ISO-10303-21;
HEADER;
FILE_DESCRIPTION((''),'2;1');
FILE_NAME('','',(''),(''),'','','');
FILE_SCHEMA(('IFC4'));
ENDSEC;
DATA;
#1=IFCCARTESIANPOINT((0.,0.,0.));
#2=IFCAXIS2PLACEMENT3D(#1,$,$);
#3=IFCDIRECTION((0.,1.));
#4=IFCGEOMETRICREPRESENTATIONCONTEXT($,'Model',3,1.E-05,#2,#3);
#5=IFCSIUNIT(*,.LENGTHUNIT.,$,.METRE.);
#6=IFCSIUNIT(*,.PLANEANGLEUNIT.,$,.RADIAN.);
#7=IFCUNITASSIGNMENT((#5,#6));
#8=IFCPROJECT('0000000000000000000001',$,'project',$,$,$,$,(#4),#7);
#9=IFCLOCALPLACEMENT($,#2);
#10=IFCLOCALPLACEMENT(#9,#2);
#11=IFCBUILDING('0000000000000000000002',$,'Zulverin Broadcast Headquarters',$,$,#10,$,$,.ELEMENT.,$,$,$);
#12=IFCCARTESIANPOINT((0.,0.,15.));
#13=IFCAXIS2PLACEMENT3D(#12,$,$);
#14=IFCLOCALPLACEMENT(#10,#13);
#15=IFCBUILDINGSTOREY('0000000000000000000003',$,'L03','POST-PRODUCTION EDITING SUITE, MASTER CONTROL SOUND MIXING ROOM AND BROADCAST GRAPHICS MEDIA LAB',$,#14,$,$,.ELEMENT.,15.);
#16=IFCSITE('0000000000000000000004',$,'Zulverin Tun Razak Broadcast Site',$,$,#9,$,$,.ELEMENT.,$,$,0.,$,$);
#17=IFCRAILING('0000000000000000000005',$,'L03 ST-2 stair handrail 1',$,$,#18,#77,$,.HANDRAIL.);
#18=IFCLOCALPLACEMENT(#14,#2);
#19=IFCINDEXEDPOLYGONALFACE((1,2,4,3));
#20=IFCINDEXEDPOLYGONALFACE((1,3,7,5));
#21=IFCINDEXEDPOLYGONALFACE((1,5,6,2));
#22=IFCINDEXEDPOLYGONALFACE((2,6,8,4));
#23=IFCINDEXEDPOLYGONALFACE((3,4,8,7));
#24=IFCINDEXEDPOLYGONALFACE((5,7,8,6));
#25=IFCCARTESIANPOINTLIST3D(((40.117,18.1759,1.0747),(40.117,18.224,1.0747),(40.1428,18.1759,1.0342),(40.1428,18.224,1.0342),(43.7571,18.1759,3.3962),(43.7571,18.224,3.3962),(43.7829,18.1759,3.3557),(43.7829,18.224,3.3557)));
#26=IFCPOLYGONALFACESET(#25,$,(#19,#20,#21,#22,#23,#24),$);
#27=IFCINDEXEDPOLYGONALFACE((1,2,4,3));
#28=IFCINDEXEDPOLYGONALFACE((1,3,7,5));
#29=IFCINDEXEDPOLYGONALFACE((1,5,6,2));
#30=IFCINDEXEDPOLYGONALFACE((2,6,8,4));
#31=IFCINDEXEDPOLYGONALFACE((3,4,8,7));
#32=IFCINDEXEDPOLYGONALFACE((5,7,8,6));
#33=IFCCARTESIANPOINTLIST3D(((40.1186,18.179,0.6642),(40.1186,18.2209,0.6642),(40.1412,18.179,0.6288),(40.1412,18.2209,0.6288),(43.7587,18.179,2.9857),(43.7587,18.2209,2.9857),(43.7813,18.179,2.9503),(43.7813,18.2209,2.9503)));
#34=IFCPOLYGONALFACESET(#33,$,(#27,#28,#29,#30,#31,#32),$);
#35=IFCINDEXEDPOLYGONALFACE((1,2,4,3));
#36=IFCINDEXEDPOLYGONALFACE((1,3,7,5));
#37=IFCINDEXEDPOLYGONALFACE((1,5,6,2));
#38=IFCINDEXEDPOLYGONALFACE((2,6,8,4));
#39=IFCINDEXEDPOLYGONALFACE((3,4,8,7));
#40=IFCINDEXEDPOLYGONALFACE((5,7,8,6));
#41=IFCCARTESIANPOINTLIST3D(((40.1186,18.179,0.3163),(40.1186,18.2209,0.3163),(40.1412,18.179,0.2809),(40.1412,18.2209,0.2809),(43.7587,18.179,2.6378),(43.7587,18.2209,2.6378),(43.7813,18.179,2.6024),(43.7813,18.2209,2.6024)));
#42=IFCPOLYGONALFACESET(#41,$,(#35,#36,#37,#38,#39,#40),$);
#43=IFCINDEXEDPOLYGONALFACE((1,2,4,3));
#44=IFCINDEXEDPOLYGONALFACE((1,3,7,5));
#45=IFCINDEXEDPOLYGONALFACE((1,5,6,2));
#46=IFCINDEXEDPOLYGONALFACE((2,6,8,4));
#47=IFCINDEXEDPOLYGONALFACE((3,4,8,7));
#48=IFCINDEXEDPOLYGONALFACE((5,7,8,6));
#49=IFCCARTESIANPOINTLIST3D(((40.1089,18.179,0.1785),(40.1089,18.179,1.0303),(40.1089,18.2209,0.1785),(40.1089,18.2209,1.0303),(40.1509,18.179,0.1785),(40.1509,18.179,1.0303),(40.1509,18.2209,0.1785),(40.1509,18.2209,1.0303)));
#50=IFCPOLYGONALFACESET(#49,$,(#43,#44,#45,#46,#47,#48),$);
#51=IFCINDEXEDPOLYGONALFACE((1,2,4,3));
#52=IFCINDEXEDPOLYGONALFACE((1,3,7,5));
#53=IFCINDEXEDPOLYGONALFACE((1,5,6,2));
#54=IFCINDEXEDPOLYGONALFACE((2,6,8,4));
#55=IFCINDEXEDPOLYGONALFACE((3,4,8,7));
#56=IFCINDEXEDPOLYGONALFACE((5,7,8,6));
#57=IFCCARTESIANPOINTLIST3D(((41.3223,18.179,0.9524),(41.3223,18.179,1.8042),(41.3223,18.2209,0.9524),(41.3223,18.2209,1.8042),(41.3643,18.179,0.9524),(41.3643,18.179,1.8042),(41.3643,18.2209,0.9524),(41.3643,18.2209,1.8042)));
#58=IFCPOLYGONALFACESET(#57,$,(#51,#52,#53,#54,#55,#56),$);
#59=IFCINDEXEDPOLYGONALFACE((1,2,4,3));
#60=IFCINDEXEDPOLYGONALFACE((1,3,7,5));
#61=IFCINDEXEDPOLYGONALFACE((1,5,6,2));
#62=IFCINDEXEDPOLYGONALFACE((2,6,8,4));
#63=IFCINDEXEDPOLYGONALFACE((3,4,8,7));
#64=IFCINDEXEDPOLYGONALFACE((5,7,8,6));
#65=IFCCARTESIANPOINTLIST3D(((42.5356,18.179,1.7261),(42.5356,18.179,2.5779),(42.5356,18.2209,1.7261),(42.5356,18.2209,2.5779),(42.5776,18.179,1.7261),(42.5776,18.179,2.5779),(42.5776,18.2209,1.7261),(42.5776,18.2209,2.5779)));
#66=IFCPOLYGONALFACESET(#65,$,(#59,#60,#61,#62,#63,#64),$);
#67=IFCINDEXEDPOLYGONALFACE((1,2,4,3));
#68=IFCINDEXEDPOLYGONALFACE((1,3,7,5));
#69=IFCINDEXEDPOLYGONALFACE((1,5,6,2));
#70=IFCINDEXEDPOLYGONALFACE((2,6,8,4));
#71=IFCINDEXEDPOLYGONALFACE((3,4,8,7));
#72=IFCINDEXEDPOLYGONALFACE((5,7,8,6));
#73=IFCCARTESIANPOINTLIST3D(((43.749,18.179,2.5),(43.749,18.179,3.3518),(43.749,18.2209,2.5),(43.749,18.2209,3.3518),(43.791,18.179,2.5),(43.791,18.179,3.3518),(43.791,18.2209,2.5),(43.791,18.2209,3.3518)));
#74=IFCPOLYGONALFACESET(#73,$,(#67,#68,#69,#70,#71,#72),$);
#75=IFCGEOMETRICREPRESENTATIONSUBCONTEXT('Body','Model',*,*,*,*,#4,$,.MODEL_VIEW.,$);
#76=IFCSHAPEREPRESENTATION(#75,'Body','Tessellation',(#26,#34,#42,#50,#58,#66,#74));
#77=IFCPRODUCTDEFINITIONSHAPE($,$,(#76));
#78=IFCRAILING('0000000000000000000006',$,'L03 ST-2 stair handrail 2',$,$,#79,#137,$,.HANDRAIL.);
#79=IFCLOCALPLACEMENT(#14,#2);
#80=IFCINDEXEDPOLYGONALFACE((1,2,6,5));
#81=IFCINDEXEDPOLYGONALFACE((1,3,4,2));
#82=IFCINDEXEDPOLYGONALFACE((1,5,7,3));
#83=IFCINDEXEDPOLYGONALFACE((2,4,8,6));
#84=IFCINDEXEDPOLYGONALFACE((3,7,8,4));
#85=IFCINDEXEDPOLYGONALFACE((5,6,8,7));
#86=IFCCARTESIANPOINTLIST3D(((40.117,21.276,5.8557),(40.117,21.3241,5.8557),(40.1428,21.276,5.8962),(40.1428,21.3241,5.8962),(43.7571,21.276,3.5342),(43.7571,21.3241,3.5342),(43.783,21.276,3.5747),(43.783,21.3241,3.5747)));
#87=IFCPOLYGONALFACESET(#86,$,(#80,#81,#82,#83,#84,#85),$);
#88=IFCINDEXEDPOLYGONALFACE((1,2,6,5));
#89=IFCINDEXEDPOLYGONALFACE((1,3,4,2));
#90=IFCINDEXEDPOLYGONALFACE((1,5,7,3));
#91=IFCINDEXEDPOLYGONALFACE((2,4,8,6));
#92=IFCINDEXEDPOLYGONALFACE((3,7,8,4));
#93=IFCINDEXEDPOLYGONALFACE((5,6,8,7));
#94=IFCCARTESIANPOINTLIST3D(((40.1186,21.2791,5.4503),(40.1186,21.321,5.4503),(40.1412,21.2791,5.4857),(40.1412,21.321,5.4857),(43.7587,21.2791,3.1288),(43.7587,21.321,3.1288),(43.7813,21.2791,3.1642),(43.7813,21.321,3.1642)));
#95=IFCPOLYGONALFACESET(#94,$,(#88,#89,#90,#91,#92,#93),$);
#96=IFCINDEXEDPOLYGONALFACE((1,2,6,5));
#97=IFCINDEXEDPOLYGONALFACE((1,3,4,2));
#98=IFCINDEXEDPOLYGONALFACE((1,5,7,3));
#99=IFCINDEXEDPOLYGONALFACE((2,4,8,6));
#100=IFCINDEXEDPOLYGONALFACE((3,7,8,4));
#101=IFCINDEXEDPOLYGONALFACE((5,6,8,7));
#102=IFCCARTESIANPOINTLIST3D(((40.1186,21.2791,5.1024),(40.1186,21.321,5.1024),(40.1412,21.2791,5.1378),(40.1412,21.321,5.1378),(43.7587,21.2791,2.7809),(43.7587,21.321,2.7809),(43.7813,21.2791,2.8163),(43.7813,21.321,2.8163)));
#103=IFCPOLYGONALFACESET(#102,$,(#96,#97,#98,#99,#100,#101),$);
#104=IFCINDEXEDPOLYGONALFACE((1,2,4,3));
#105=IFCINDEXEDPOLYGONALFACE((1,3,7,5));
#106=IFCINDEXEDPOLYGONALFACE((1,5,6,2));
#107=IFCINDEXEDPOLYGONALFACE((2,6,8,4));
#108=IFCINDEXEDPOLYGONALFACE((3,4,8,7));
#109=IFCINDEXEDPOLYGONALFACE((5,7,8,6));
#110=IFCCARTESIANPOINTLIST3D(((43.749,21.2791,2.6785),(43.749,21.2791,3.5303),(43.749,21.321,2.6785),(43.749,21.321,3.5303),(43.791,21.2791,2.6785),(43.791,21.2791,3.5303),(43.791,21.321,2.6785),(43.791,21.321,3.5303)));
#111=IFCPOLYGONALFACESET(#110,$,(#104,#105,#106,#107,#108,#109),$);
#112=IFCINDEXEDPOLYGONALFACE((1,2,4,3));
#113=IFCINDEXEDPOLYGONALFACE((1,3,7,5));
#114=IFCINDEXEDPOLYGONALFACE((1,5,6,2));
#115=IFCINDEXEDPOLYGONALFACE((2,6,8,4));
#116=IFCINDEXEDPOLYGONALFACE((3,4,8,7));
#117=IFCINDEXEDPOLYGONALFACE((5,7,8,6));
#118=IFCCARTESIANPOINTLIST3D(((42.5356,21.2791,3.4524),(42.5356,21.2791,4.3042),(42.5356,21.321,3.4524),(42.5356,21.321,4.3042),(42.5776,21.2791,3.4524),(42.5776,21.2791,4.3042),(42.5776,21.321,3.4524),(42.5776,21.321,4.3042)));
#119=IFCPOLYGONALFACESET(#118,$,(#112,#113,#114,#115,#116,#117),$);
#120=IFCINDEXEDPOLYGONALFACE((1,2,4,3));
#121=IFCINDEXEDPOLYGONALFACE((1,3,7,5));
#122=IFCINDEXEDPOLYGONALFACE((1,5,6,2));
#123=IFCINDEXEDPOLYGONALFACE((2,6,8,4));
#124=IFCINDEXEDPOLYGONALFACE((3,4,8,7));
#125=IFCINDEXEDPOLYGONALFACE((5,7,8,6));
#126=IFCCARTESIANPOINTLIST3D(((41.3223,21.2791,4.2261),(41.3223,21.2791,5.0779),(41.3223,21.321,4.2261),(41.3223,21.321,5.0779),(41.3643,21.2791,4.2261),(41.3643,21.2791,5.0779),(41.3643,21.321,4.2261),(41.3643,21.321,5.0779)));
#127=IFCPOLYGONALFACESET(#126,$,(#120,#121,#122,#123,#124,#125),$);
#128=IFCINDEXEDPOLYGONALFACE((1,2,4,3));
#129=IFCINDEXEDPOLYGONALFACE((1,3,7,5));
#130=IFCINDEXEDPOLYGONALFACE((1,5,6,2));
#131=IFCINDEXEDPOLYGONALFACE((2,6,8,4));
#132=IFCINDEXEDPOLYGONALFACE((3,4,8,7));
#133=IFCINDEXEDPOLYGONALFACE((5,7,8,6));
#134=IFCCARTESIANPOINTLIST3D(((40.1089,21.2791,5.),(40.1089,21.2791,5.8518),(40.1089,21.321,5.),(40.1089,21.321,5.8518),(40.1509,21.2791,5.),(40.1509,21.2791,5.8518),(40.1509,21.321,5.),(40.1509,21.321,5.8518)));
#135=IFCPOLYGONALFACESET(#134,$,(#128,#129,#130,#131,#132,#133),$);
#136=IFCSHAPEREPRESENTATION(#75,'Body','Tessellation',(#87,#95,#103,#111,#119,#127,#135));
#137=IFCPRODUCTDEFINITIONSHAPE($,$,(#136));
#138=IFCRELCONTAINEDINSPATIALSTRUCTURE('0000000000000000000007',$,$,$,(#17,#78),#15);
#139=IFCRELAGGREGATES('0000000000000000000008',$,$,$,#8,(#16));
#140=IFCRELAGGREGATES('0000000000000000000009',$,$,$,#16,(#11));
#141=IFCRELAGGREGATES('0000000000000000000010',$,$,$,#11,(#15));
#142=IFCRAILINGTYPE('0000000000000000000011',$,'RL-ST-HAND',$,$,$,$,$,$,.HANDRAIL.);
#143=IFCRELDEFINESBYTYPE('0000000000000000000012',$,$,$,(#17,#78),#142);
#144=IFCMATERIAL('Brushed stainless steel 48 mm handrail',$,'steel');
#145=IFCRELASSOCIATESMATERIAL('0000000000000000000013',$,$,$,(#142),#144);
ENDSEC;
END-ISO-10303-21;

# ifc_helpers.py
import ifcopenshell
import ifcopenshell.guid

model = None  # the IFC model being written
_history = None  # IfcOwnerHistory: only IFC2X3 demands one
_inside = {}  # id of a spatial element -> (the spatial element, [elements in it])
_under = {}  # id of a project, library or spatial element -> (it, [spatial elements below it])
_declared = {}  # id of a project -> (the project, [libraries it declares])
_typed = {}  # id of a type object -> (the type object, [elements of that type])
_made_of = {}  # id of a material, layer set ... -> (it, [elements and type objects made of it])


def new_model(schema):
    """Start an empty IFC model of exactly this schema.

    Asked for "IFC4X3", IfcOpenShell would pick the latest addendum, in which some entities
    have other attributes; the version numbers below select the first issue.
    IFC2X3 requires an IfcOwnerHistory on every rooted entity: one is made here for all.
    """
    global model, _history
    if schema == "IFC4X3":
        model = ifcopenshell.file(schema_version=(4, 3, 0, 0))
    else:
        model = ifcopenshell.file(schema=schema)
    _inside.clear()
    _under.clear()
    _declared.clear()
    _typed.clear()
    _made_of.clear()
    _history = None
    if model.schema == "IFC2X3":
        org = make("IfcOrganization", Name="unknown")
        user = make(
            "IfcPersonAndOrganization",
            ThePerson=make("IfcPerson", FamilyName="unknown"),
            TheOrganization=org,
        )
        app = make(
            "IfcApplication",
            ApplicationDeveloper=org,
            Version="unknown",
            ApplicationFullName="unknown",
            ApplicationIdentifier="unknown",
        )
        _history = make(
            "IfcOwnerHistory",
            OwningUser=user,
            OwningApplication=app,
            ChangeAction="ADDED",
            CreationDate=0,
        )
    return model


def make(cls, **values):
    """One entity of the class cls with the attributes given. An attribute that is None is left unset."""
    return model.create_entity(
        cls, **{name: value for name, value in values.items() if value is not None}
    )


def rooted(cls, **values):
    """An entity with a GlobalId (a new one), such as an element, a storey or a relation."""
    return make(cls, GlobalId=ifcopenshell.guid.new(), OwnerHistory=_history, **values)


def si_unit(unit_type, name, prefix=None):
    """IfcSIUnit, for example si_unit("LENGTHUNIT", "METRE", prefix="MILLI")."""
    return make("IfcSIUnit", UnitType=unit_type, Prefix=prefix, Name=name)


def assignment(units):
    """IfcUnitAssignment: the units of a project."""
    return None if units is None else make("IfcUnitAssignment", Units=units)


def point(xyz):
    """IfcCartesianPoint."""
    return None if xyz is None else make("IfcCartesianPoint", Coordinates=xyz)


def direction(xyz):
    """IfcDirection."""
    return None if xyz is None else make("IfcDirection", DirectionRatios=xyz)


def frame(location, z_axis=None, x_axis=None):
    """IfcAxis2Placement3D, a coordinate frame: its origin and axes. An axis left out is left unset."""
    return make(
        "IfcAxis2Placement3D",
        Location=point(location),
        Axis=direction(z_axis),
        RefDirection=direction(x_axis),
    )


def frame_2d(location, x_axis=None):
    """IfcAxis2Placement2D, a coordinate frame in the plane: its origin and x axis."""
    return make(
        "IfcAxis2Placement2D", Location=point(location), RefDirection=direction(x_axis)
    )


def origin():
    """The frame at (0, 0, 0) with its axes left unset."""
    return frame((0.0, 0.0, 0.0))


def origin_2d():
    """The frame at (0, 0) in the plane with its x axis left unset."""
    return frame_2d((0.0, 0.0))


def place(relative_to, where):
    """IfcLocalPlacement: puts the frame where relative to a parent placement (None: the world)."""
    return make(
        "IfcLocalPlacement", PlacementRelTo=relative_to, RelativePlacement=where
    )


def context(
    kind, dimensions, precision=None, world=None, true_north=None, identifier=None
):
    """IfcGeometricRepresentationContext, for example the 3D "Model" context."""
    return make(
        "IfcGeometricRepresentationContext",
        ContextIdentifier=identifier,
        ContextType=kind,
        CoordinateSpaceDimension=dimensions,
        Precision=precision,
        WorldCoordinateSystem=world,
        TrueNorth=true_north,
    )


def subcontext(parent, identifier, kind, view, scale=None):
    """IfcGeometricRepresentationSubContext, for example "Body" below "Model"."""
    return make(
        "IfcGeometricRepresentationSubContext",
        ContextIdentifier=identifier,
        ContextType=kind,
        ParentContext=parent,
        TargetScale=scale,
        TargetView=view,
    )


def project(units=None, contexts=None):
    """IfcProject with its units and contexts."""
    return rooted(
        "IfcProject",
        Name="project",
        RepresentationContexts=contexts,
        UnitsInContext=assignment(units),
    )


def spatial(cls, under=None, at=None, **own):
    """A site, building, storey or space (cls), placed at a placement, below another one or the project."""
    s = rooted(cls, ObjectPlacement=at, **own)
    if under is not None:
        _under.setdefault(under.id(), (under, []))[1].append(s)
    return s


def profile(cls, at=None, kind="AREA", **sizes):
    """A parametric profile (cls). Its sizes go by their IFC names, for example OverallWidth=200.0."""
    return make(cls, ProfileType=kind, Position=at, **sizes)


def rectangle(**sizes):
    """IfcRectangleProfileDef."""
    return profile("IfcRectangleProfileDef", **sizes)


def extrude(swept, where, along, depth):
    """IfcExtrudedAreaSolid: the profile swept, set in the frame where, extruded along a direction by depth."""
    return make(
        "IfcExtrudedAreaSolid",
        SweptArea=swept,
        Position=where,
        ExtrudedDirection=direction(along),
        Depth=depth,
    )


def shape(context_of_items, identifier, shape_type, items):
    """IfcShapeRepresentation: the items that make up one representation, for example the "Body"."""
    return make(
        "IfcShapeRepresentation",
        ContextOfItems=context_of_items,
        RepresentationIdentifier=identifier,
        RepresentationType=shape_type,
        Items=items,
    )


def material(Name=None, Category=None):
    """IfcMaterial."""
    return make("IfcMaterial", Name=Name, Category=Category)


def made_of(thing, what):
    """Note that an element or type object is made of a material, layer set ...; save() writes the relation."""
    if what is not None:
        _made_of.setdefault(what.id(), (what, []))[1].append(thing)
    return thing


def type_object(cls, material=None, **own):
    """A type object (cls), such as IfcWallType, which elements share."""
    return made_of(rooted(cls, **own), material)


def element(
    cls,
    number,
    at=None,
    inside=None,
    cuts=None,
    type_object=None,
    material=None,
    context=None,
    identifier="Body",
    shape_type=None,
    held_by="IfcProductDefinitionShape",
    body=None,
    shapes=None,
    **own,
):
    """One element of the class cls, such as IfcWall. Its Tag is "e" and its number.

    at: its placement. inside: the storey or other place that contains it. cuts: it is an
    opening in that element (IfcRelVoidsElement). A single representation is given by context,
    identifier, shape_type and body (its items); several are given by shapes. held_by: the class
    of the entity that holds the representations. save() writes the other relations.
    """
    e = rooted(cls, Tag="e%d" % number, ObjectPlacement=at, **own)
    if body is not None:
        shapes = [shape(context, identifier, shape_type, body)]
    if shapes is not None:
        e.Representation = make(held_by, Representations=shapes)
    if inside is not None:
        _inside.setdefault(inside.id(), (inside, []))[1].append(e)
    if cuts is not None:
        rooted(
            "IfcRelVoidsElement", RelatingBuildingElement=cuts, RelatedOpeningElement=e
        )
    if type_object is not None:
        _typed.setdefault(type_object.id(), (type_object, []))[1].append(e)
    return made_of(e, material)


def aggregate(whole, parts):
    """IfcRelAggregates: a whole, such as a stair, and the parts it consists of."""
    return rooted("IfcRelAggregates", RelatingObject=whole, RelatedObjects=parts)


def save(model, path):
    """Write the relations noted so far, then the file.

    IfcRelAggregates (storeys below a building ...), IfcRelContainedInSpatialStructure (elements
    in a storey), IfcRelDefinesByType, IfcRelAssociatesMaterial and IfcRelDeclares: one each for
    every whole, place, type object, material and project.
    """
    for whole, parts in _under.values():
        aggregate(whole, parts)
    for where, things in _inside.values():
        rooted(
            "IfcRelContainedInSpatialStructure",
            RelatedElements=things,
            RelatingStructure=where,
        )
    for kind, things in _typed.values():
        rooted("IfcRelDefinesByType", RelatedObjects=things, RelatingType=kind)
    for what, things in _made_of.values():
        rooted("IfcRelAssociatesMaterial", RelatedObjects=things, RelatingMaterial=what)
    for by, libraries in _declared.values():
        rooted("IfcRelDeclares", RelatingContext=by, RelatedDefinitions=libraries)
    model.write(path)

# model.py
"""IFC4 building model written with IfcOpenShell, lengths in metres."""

from ifc_helpers import new_model, si_unit, direction, frame, origin, origin_2d, place, context, subcontext, project, spatial, rectangle, extrude, material, type_object, element, save


model = new_model("IFC4")

# Units and contexts
model_context = context("Model", 3, precision=1e-05, world=origin(), true_north=direction((0.0, 1.0)))
body_context = subcontext(model_context, "Body", "Model", "MODEL_VIEW")
ifc_project = project(units=[si_unit("LENGTHUNIT", "METRE"), si_unit("PLANEANGLEUNIT", "RADIAN")], contexts=[model_context])

# Site, building, storey
site_placement = place(None, origin())
site = spatial("IfcSite", under=ifc_project, at=site_placement, Name="Zulverin Tun Razak Broadcast Site", CompositionType="ELEMENT", RefElevation=0.0)
building_placement = place(site_placement, origin())
building = spatial("IfcBuilding", under=site, at=building_placement, Name="Zulverin Broadcast Headquarters", CompositionType="ELEMENT")
storey_placement = place(building_placement, frame((0.0, 0.0, 15.0)))
storey = spatial("IfcBuildingStorey", under=building, at=storey_placement, Name="L03", Description="POST-PRODUCTION EDITING SUITE, MASTER CONTROL SOUND MIXING ROOM AND BROADCAST GRAPHICS MEDIA LAB", CompositionType="ELEMENT", Elevation=15.0)

# Railings
ifc_material_1 = material(Name="Brushed stainless steel 48 mm handrail", Category="steel")
railing_type_1 = type_object("IfcRailingType", Name="RL-ST-HAND", PredefinedType="HANDRAIL", material=ifc_material_1)
railing_1_placement = place(storey_placement, frame((40.1299, 18.2, 0.1785)))
element("IfcRailing", 1, at=railing_1_placement, inside=storey, type_object=railing_type_1, Name="L03 ST-2 stair handrail 1", PredefinedType="HANDRAIL", context=body_context, shape_type="SweptSolid", body=[
    extrude(rectangle(XDim=0.0481, YDim=0.0481, at=origin_2d()), frame((0.0, 0.0, 0.876), z_axis=(0.843128, 0.0, 0.537713), x_axis=(0.0, 1.0, 0.0)), (0.0, 0.0, 1.0), 4.3174),
    extrude(rectangle(XDim=0.042, YDim=0.042, at=origin_2d()), frame((0.0, 0.0, 0.468), z_axis=(0.843128, 0.0, 0.537713), x_axis=(0.0, 1.0, 0.0)), (0.0, 0.0, 1.0), 4.3174),
    extrude(rectangle(XDim=0.042, YDim=0.042, at=origin_2d()), frame((0.0, 0.0, 0.1201), z_axis=(0.843128, 0.0, 0.537713), x_axis=(0.0, 1.0, 0.0)), (0.0, 0.0, 1.0), 4.3174),
    extrude(rectangle(XDim=0.042, YDim=0.042, at=origin_2d()), origin(), (0.0, 0.0, 1.0), 0.8518),
    extrude(rectangle(XDim=0.042, YDim=0.042, at=origin_2d()), frame((1.2134, 0.0, 0.7739)), (0.0, 0.0, 1.0), 0.8518),
    extrude(rectangle(XDim=0.042, YDim=0.042, at=origin_2d()), frame((2.4268, 0.0, 1.5476)), (0.0, 0.0, 1.0), 0.8518),
    extrude(rectangle(XDim=0.042, YDim=0.042, at=origin_2d()), frame((3.6401, 0.0, 2.3215)), (0.0, 0.0, 1.0), 0.8518),
])
railing_2_placement = place(storey_placement, frame((43.77, 21.3, 2.6785)))
element("IfcRailing", 2, at=railing_2_placement, inside=storey, type_object=railing_type_1, Name="L03 ST-2 stair handrail 2", PredefinedType="HANDRAIL", context=body_context, shape_type="SweptSolid", body=[
    extrude(rectangle(XDim=0.0481, YDim=0.0481, at=origin_2d()), frame((0.0, 0.0, 0.876), z_axis=(-0.843128, 0.0, 0.537713), x_axis=(0.0, -1.0, 0.0)), (0.0, 0.0, 1.0), 4.3174),
    extrude(rectangle(XDim=0.042, YDim=0.042, at=origin_2d()), frame((0.0, 0.0, 0.468), z_axis=(-0.843128, 0.0, 0.537713), x_axis=(0.0, -1.0, 0.0)), (0.0, 0.0, 1.0), 4.3174),
    extrude(rectangle(XDim=0.042, YDim=0.042, at=origin_2d()), frame((0.0, 0.0, 0.1201), z_axis=(-0.843128, 0.0, 0.537713), x_axis=(0.0, -1.0, 0.0)), (0.0, 0.0, 1.0), 4.3174),
    extrude(rectangle(XDim=0.042, YDim=0.042, at=origin_2d()), origin(), (0.0, 0.0, 1.0), 0.8518),
    extrude(rectangle(XDim=0.042, YDim=0.042, at=origin_2d()), frame((-1.2134, 0.0, 0.7739)), (0.0, 0.0, 1.0), 0.8518),
    extrude(rectangle(XDim=0.042, YDim=0.042, at=origin_2d()), frame((-2.4268, 0.0, 1.5476)), (0.0, 0.0, 1.0), 0.8518),
    extrude(rectangle(XDim=0.042, YDim=0.042, at=origin_2d()), frame((-3.6401, 0.0, 2.3215)), (0.0, 0.0, 1.0), 0.8518),
])

save(model, "model.ifc")
